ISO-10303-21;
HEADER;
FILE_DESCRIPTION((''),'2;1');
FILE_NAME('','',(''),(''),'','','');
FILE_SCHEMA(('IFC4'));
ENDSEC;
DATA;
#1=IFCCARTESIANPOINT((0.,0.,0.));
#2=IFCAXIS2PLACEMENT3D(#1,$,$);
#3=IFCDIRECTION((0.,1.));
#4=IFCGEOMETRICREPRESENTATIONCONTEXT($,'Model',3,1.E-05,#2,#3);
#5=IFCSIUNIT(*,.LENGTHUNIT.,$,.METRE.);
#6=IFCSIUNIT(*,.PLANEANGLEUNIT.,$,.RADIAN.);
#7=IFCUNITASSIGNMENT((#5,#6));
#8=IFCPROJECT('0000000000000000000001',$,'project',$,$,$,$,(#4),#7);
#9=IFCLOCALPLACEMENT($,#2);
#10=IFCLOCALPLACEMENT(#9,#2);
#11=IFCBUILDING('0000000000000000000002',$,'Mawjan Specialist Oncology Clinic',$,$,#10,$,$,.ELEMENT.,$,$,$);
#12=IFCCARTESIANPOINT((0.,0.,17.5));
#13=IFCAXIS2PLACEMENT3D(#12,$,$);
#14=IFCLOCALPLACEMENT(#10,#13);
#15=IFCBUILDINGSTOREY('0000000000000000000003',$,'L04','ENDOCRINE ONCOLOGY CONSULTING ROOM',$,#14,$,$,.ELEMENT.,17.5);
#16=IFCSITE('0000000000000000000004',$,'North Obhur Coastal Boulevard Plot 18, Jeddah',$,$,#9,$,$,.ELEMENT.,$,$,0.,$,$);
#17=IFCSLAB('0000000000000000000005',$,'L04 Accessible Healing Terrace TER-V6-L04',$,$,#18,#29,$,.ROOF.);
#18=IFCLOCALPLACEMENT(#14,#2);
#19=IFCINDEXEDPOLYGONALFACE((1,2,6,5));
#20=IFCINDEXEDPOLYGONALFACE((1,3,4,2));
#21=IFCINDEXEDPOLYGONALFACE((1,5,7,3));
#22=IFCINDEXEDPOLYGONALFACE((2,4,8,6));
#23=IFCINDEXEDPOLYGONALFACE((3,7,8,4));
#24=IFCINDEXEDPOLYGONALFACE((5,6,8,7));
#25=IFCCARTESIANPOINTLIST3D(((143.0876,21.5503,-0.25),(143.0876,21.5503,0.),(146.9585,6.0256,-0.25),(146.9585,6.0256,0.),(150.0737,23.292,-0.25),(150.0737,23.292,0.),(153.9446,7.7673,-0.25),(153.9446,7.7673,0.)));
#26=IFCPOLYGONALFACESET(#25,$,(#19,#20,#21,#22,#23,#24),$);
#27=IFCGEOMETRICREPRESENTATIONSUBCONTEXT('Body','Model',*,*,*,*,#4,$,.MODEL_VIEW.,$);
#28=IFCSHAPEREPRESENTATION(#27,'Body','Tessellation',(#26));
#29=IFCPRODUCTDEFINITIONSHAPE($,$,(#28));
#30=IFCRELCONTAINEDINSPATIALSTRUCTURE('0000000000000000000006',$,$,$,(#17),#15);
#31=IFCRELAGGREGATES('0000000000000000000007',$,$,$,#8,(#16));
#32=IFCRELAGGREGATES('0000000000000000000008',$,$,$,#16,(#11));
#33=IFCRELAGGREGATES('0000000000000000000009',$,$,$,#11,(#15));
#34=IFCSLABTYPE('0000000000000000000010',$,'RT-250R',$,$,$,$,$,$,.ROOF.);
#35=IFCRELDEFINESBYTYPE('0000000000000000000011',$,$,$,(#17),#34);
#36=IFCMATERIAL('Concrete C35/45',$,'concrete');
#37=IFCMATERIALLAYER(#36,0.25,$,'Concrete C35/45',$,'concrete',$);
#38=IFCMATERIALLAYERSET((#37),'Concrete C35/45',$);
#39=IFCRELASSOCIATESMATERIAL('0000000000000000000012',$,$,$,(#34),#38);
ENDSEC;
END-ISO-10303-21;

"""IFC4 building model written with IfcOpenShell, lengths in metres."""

from ifc_helpers import new_model, si_unit, direction, frame, origin, place, context, subcontext, project, spatial, polyline, outline, extrude, material, layer, layer_set, type_object, element, save


model = new_model("IFC4")

# Units and contexts
model_context = context("Model", 3, precision=1e-05, world=origin(), true_north=direction((0.0, 1.0)))
body_context = subcontext(model_context, "Body", "Model", "MODEL_VIEW")
ifc_project = project(units=[si_unit("LENGTHUNIT", "METRE"), si_unit("PLANEANGLEUNIT", "RADIAN")], contexts=[model_context])

# Site, building, storey
site_placement = place(None, origin())
site = spatial("IfcSite", under=ifc_project, at=site_placement, Name="North Obhur Coastal Boulevard Plot 18, Jeddah", CompositionType="ELEMENT", RefElevation=0.0)
building_placement = place(site_placement, origin())
building = spatial("IfcBuilding", under=site, at=building_placement, Name="Mawjan Specialist Oncology Clinic", CompositionType="ELEMENT")
storey_placement = place(building_placement, frame((0.0, 0.0, 17.5)))
storey = spatial("IfcBuildingStorey", under=building, at=storey_placement, Name="L04", Description="ENDOCRINE ONCOLOGY CONSULTING ROOM", CompositionType="ELEMENT", Elevation=17.5)

# Slab
ifc_material_1 = material(Name="Concrete C35/45", Category="concrete")
ifc_layer_1 = layer(ifc_material_1, 0.25, Name="Concrete C35/45", Category="concrete")
ifc_layer_set_1 = layer_set([ifc_layer_1], Name="Concrete C35/45")
slab_type_1 = type_object("IfcSlabType", Name="RT-250R", PredefinedType="ROOF", material=ifc_layer_set_1)
slab_1_placement = place(storey_placement, frame((0.0, 0.0, -0.25)))
element("IfcSlab", 1, at=slab_1_placement, inside=storey, type_object=slab_type_1, Name="L04 Accessible Healing Terrace TER-V6-L04", PredefinedType="ROOF", context=body_context, shape_type="SweptSolid", body=[
    extrude(outline(polyline([(146.9585, 6.0256), (153.9446, 7.7673), (150.0737, 23.292), (143.0876, 21.5503), (146.9585, 6.0256)])), origin(), (0.0, 0.0, 1.0), 0.25),
])

save(model, "model.ifc")
